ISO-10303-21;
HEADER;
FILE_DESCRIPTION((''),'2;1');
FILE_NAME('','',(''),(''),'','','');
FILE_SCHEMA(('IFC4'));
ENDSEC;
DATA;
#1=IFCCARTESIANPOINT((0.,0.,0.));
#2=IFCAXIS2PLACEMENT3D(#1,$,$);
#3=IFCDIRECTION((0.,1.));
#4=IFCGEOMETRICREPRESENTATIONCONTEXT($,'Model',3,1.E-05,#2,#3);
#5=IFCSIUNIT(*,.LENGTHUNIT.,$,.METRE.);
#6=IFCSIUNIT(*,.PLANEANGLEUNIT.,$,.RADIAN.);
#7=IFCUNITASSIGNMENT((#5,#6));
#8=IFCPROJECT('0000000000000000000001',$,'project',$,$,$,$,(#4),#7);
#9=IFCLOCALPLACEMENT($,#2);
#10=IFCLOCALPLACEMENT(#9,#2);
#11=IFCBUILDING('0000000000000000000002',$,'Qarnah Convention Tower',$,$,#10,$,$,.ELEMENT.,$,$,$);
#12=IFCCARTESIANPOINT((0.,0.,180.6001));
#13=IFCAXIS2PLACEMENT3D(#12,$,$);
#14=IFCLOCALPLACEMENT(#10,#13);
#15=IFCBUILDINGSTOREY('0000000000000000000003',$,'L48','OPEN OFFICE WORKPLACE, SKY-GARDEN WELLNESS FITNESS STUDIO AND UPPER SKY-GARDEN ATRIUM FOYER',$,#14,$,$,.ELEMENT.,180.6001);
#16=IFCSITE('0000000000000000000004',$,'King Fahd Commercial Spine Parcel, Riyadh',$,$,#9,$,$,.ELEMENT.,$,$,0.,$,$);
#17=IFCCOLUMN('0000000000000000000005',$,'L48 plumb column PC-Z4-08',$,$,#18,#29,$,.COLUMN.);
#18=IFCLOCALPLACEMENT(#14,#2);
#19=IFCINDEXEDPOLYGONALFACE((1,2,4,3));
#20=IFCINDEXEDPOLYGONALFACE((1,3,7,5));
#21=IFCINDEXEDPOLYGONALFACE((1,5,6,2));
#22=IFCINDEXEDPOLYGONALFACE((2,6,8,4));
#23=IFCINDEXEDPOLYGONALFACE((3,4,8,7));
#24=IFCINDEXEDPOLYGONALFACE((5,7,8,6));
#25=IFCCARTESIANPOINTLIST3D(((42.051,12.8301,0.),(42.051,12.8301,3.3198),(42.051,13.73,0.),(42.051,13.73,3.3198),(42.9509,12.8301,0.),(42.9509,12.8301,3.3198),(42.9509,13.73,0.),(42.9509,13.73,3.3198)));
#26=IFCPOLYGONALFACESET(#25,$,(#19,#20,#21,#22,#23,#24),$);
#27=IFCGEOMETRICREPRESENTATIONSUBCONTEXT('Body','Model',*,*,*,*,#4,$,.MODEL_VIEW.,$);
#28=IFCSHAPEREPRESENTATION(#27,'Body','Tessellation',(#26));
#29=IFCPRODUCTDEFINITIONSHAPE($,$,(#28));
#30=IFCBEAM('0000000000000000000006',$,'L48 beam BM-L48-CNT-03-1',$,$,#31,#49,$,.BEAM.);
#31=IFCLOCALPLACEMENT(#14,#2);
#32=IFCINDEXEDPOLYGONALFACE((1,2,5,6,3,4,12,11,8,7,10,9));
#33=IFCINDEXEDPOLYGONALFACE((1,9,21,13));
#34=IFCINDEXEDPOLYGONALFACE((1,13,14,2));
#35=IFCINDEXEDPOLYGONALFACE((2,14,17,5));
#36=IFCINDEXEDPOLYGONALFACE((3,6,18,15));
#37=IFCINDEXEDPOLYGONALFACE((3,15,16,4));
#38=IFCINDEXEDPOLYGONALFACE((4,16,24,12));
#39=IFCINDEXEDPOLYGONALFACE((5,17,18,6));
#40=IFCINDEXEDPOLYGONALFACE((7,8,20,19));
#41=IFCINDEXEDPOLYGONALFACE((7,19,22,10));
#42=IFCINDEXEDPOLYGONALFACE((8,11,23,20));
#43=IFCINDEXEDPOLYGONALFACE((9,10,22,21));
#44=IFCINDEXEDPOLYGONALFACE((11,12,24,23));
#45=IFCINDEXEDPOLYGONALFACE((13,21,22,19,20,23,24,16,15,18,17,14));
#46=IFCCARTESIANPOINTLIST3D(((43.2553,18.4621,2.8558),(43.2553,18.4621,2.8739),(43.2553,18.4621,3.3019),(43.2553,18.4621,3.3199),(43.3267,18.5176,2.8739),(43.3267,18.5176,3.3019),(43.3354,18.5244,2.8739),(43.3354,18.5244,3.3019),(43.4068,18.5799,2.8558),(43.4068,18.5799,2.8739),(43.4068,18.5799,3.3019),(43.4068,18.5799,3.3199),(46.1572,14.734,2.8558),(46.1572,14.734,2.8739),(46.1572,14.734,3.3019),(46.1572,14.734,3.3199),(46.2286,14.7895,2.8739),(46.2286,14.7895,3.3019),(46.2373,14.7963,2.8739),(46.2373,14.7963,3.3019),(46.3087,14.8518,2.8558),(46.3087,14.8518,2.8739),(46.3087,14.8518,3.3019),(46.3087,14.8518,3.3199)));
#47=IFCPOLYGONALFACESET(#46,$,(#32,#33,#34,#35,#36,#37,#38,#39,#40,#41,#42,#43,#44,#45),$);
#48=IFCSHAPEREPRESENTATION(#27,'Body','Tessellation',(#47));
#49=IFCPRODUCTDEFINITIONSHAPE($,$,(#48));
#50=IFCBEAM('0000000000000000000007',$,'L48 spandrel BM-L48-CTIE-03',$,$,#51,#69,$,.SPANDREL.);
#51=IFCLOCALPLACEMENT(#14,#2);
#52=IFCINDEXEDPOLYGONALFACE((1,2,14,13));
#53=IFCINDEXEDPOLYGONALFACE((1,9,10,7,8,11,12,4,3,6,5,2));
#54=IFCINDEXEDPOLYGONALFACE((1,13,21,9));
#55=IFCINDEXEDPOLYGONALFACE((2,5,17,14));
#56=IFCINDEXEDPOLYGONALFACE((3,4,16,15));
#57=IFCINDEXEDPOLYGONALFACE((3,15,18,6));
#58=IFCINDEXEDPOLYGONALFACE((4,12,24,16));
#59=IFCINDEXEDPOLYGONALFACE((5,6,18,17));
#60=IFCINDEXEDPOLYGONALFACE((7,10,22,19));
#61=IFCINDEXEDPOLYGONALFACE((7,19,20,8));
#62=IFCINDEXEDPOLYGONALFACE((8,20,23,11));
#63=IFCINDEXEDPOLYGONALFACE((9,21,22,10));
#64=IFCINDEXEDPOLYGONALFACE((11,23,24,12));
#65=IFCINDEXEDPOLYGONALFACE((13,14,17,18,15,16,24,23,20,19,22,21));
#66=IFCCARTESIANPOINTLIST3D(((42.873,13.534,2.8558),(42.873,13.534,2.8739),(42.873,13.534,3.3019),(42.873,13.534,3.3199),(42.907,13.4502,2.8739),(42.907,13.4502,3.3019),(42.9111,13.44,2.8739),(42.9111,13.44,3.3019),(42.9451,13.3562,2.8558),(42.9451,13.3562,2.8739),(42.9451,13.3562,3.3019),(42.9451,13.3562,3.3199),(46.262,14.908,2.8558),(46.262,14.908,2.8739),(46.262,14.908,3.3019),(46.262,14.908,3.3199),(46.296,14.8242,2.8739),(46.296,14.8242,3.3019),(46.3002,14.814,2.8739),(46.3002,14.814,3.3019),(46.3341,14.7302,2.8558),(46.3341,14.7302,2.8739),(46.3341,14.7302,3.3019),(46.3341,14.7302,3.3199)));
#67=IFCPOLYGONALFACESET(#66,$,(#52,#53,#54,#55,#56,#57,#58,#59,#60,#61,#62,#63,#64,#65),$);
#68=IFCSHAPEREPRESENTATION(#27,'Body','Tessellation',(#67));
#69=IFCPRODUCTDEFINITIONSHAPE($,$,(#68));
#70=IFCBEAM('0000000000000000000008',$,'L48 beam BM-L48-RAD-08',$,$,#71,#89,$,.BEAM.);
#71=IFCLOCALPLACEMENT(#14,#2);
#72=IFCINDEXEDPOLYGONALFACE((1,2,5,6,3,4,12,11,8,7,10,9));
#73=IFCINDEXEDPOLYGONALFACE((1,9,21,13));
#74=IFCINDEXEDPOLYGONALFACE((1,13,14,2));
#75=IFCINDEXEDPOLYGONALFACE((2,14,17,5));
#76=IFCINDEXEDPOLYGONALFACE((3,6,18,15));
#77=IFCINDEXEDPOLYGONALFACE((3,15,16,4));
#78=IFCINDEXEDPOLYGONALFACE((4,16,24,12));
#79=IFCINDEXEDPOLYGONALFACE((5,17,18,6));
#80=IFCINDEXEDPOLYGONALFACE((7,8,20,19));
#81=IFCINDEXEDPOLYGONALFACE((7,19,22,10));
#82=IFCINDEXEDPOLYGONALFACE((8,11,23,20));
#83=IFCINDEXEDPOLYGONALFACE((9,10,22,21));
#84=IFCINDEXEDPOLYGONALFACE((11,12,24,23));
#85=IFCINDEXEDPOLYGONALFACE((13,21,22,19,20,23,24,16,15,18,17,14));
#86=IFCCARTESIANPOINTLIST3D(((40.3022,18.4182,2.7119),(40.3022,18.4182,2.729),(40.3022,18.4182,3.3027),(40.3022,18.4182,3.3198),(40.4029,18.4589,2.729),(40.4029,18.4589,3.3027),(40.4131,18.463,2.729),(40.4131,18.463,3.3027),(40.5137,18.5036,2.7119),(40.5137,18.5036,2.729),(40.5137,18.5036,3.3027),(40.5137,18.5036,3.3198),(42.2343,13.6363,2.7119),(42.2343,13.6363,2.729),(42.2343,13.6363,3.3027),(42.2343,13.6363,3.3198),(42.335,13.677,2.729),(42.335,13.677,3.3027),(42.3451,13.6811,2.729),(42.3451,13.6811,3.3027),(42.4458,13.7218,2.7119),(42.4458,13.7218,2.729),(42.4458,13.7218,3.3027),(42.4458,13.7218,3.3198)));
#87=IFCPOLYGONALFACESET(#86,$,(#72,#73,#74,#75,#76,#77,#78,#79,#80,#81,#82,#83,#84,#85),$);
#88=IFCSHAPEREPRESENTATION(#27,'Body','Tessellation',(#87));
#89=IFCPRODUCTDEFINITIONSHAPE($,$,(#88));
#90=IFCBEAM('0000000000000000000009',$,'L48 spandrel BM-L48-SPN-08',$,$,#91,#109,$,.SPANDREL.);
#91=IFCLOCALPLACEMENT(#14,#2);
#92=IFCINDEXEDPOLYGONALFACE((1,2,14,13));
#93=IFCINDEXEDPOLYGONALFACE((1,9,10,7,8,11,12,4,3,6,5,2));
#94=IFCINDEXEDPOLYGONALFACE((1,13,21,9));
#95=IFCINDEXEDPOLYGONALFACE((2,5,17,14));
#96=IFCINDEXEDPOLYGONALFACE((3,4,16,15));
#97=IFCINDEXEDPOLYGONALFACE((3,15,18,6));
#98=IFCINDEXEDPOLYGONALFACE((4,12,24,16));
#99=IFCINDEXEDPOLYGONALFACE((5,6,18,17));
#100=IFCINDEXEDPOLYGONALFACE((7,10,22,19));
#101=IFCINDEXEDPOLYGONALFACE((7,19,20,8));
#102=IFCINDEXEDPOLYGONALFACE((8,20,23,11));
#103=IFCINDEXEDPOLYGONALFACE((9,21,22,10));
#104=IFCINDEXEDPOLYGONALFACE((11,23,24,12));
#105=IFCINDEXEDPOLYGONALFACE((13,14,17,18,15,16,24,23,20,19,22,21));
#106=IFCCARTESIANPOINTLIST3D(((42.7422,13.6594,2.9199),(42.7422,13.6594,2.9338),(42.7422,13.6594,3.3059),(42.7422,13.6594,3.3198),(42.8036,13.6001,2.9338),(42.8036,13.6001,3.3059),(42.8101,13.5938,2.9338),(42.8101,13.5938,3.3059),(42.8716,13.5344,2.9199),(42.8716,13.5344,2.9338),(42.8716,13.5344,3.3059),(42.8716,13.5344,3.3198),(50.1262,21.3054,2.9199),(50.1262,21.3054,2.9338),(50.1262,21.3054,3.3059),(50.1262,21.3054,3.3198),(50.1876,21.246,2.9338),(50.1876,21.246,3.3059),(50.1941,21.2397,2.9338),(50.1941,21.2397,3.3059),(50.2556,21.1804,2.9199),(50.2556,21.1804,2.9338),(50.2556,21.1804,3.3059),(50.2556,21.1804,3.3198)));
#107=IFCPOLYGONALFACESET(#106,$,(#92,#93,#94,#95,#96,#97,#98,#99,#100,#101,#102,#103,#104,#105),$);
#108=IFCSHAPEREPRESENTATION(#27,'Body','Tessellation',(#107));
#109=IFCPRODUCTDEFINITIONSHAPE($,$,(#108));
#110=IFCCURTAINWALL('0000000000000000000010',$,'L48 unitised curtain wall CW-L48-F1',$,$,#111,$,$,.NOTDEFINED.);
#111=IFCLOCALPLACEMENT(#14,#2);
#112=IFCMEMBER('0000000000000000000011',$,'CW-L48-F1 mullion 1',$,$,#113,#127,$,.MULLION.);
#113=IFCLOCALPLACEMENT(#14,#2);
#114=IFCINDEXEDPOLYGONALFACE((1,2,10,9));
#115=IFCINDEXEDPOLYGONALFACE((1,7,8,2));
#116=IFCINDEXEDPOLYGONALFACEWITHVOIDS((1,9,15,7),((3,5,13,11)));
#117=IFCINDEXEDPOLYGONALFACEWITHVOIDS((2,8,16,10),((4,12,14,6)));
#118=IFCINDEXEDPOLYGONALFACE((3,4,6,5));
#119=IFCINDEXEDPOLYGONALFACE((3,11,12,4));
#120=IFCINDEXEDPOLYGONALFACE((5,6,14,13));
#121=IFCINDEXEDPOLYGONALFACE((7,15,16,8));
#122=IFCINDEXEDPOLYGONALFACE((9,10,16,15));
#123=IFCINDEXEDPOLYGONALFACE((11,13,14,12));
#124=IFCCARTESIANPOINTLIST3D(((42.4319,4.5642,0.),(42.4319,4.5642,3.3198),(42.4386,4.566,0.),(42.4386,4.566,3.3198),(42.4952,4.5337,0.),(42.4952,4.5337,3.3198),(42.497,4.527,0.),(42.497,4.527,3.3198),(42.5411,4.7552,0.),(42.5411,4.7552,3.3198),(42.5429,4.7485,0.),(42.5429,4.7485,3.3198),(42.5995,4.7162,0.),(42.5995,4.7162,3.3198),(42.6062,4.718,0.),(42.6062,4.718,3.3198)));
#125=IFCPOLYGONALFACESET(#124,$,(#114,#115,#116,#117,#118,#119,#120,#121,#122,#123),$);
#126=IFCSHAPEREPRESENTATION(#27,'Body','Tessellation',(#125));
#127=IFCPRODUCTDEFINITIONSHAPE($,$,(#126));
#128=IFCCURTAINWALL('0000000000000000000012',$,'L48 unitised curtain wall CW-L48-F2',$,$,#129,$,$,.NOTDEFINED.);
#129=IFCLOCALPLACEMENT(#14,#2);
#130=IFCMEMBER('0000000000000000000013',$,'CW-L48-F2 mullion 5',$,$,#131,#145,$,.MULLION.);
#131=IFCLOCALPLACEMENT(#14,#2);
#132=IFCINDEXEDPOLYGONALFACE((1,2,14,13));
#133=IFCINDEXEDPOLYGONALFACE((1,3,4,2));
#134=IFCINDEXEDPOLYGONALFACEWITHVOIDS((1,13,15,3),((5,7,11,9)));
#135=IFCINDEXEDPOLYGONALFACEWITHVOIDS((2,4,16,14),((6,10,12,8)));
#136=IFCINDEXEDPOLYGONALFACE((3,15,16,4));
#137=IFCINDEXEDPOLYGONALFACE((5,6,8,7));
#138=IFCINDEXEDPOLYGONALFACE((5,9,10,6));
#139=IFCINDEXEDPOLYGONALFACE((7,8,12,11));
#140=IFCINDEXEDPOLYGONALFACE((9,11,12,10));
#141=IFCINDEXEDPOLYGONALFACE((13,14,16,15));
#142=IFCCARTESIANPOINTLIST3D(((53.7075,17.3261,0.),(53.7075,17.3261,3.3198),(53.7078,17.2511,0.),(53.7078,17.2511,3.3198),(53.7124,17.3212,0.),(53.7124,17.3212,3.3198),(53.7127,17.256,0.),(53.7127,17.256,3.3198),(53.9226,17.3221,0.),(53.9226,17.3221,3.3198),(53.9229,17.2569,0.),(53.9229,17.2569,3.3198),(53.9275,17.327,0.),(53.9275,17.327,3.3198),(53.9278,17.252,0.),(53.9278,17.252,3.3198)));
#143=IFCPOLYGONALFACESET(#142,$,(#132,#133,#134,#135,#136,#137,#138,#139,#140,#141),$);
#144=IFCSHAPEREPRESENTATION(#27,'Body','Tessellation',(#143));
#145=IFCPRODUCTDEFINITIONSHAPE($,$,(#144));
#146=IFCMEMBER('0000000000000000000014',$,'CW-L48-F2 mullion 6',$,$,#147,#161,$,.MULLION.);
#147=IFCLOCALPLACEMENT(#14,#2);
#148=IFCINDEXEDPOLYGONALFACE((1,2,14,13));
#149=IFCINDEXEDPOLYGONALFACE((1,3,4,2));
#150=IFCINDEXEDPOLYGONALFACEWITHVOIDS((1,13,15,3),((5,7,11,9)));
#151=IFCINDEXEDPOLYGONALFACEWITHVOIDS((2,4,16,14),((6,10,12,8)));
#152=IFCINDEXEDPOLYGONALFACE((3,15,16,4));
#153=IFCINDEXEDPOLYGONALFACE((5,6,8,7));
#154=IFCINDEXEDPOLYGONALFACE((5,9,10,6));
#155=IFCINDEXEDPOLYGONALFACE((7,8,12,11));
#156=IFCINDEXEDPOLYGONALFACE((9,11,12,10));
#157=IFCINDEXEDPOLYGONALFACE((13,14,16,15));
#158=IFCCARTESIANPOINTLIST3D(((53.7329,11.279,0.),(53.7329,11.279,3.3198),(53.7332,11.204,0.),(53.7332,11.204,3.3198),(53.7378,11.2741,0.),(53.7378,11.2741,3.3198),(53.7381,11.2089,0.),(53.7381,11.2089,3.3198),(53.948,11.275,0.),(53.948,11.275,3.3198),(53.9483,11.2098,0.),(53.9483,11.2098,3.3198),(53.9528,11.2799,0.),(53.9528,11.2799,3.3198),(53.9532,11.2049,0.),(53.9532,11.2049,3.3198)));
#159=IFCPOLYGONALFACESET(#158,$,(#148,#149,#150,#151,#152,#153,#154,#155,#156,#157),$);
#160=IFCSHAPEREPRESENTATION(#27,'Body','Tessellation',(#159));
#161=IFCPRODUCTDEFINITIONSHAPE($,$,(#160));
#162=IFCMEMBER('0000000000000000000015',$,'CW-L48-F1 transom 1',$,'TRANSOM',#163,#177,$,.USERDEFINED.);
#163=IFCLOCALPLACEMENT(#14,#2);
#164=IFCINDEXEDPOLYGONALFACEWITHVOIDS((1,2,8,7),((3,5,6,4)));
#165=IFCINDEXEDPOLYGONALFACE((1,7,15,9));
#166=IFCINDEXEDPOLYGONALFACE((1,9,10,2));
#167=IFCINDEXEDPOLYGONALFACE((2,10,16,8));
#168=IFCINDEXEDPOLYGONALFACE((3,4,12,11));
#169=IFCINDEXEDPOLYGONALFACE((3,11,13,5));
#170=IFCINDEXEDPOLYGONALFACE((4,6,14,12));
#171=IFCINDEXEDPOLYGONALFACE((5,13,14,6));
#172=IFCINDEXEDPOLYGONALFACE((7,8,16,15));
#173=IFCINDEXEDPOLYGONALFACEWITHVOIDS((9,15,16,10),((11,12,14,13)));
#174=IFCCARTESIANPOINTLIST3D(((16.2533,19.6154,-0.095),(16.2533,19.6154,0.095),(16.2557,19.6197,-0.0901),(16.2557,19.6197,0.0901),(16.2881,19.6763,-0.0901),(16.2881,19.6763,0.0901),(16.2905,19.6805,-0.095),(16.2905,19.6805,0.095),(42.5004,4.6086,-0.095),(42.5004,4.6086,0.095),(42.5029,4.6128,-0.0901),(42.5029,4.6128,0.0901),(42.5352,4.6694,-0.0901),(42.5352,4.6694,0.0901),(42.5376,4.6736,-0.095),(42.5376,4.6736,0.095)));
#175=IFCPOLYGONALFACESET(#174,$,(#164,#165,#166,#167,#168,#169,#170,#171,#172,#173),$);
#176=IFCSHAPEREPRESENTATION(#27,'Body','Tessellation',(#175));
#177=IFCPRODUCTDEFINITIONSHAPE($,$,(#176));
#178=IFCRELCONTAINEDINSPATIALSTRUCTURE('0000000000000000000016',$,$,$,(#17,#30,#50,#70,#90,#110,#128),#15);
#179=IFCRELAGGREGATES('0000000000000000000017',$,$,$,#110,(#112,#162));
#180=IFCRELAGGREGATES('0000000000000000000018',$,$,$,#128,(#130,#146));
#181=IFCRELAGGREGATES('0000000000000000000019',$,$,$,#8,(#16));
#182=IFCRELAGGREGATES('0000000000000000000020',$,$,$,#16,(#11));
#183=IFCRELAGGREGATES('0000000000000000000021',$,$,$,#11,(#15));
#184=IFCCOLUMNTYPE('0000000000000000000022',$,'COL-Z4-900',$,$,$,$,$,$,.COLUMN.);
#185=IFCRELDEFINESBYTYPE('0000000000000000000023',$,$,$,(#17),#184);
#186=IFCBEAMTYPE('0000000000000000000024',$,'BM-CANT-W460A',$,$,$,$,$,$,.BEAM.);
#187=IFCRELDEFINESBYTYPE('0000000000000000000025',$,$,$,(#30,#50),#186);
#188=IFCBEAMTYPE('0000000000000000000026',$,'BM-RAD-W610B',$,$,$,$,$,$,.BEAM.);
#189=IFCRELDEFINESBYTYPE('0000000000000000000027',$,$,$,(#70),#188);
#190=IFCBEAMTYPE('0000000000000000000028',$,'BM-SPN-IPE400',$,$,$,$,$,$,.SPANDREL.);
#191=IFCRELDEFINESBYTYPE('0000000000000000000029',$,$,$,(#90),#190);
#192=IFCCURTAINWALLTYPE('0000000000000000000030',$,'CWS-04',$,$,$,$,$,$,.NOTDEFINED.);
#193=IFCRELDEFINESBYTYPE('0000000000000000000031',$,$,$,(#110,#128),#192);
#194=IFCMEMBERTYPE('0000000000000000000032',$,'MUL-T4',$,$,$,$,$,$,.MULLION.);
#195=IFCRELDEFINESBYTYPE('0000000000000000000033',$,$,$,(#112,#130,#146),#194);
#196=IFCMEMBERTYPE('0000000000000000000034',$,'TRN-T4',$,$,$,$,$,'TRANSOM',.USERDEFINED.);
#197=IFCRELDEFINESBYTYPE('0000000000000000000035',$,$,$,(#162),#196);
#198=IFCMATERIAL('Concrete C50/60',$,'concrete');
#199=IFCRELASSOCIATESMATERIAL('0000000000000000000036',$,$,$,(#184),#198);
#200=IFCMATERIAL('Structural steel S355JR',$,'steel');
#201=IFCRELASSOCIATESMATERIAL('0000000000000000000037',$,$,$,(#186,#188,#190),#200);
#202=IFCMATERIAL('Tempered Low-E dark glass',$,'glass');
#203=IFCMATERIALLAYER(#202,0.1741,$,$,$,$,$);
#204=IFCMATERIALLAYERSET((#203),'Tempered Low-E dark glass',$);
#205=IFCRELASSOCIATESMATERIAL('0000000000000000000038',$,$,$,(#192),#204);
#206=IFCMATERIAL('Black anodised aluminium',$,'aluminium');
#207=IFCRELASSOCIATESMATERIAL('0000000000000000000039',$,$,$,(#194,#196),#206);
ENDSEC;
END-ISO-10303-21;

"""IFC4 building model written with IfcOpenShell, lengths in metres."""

from ifc_helpers import new_model, si_unit, direction, frame, origin, origin_2d, place, context, subcontext, project, spatial, rectangle, hollow_rectangle, i_section, extrude, material, layer, layer_set, material_profile, profile_set, type_object, element, aggregate, save


model = new_model("IFC4")

# Units and contexts
model_context = context("Model", 3, precision=1e-05, world=origin(), true_north=direction((0.0, 1.0)))
body_context = subcontext(model_context, "Body", "Model", "MODEL_VIEW")
ifc_project = project(units=[si_unit("LENGTHUNIT", "METRE"), si_unit("PLANEANGLEUNIT", "RADIAN")], contexts=[model_context])

# Site, building, storey
site_placement = place(None, origin())
site = spatial("IfcSite", under=ifc_project, at=site_placement, Name="King Fahd Commercial Spine Parcel, Riyadh", CompositionType="ELEMENT", RefElevation=0.0)
building_placement = place(site_placement, origin())
building = spatial("IfcBuilding", under=site, at=building_placement, Name="Qarnah Convention Tower", CompositionType="ELEMENT")
storey_placement = place(building_placement, frame((0.0, 0.0, 180.6001)))
storey = spatial("IfcBuildingStorey", under=building, at=storey_placement, Name="L48", Description="OPEN OFFICE WORKPLACE, SKY-GARDEN WELLNESS FITNESS STUDIO AND UPPER SKY-GARDEN ATRIUM FOYER", CompositionType="ELEMENT", Elevation=180.6001)

# Column
ifc_material_1 = material(Name="Concrete C50/60", Category="concrete")
ifc_material_profile_1 = material_profile(ifc_material_1, rectangle(XDim=0.8999, YDim=0.8999, at=origin_2d()), Name="RC-COL-900X900")
ifc_profile_set_1 = profile_set([ifc_material_profile_1], Name="Concrete C50/60")
column_type = type_object("IfcColumnType", Name="COL-Z4-900", PredefinedType="COLUMN", material=ifc_profile_set_1)
column_placement = place(storey_placement, frame((42.501, 13.28, 0.0), z_axis=(0.0, 0.0, 1.0), x_axis=(1.0, 0.0, 0.0)))
element("IfcColumn", 1, at=column_placement, inside=storey, type_object=column_type, Name="L48 plumb column PC-Z4-08", PredefinedType="COLUMN", context=body_context, shape_type="SweptSolid", body=[
    extrude(rectangle(XDim=0.8999, YDim=0.8999, at=origin_2d()), origin(), (0.0, 0.0, 1.0), 3.3198),
])

# Beams
ifc_material_2 = material(Name="Structural steel S355JR", Category="steel")
ifc_material_profile_2 = material_profile(ifc_material_2, i_section(OverallWidth=0.1919, OverallDepth=0.4641, WebThickness=0.011, FlangeThickness=0.0181, at=origin_2d()), Name="W460X89")
ifc_profile_set_2 = profile_set([ifc_material_profile_2], Name="Structural steel S355JR")
beam_type_1 = type_object("IfcBeamType", Name="BM-CANT-W460A", PredefinedType="BEAM", material=ifc_profile_set_2)
beam_1_placement = place(storey_placement, frame((43.3311, 18.521, 3.0879), z_axis=(0.614241, -0.789118, 0.0), x_axis=(0.789118, 0.614241, 0.0)))
element("IfcBeam", 2, at=beam_1_placement, inside=storey, type_object=beam_type_1, Name="L48 beam BM-L48-CNT-03-1", PredefinedType="BEAM", context=body_context, shape_type="SweptSolid", body=[
    extrude(i_section(OverallWidth=0.1919, OverallDepth=0.4641, WebThickness=0.011, FlangeThickness=0.0181, at=origin_2d()), origin(), (0.0, 0.0, 1.0), 4.7244),
])
beam_2_placement = place(storey_placement, frame((46.2981, 14.8191, 3.0879), z_axis=(-0.926735, -0.375714, 0.0), x_axis=(0.375714, -0.926735, 0.0)))
element("IfcBeam", 3, at=beam_2_placement, inside=storey, type_object=beam_type_1, Name="L48 spandrel BM-L48-CTIE-03", PredefinedType="SPANDREL", context=body_context, shape_type="SweptSolid", body=[
    extrude(i_section(OverallWidth=0.1919, OverallDepth=0.4641, WebThickness=0.011, FlangeThickness=0.0181, at=origin_2d()), origin(), (0.0, 0.0, 1.0), 3.657),
])
ifc_material_profile_3 = material_profile(ifc_material_2, i_section(OverallWidth=0.228, OverallDepth=0.6079, WebThickness=0.011, FlangeThickness=0.0171, at=origin_2d()), Name="W610X113")
ifc_profile_set_3 = profile_set([ifc_material_profile_3], Name="Structural steel S355JR")
beam_type_2 = type_object("IfcBeamType", Name="BM-RAD-W610B", PredefinedType="BEAM", material=ifc_profile_set_3)
beam_3_placement = place(storey_placement, frame((40.408, 18.4609, 3.0159), z_axis=(0.37462, -0.927178, 0.0), x_axis=(0.927178, 0.37462, 0.0)))
element("IfcBeam", 4, at=beam_3_placement, inside=storey, type_object=beam_type_2, Name="L48 beam BM-L48-RAD-08", PredefinedType="BEAM", context=body_context, shape_type="SweptSolid", body=[
    extrude(i_section(OverallWidth=0.228, OverallDepth=0.6079, WebThickness=0.011, FlangeThickness=0.0171, at=origin_2d()), origin(), (0.0, 0.0, 1.0), 5.1575),
])
ifc_material_profile_4 = material_profile(ifc_material_2, i_section(OverallWidth=0.1799, OverallDepth=0.3999, WebThickness=0.009, FlangeThickness=0.0139, at=origin_2d()), Name="IPE400")
ifc_profile_set_4 = profile_set([ifc_material_profile_4], Name="Structural steel S355JR")
beam_type_3 = type_object("IfcBeamType", Name="BM-SPN-IPE400", PredefinedType="SPANDREL", material=ifc_profile_set_4)
beam_4_placement = place(storey_placement, frame((42.8069, 13.5969, 3.1199), z_axis=(0.694677, 0.719322, 0.0), x_axis=(-0.719322, 0.694677, 0.0)))
element("IfcBeam", 5, at=beam_4_placement, inside=storey, type_object=beam_type_3, Name="L48 spandrel BM-L48-SPN-08", PredefinedType="SPANDREL", context=body_context, shape_type="SweptSolid", body=[
    extrude(i_section(OverallWidth=0.1799, OverallDepth=0.3999, WebThickness=0.009, FlangeThickness=0.0139, at=origin_2d()), origin(), (0.0, 0.0, 1.0), 10.6294),
])

# Curtain wall, member
ifc_material_3 = material(Name="Tempered Low-E dark glass", Category="glass")
ifc_layer_1 = layer(ifc_material_3, 0.1741)
ifc_layer_set_1 = layer_set([ifc_layer_1], Name="Tempered Low-E dark glass")
curtain_wall_type = type_object("IfcCurtainWallType", Name="CWS-04", PredefinedType="NOTDEFINED", material=ifc_layer_set_1)
curtain_wall_1_placement = place(storey_placement, origin())
curtain_wall_1 = element("IfcCurtainWall", 6, at=curtain_wall_1_placement, inside=storey, type_object=curtain_wall_type, Name="L48 unitised curtain wall CW-L48-F1", PredefinedType="NOTDEFINED")
ifc_material_4 = material(Name="Black anodised aluminium", Category="aluminium")
ifc_material_profile_5 = material_profile(ifc_material_4, hollow_rectangle(XDim=0.075, YDim=0.22, WallThickness=0.0049, at=origin_2d()), Name="MUL-75X220")
ifc_profile_set_5 = profile_set([ifc_material_profile_5], Name="Black anodised aluminium")
member_type_1 = type_object("IfcMemberType", Name="MUL-T4", PredefinedType="MULLION", material=ifc_profile_set_5)
member_1_placement = place(storey_placement, frame((42.519, 4.6411, 0.0), z_axis=(0.0, 0.0, 1.0), x_axis=(-0.868119, 0.496356, 0.0)))
member_1 = element("IfcMember", 7, at=member_1_placement, type_object=member_type_1, Name="CW-L48-F1 mullion 1", PredefinedType="MULLION", context=body_context, shape_type="SweptSolid", body=[
    extrude(hollow_rectangle(XDim=0.075, YDim=0.22, WallThickness=0.0049, at=origin_2d()), origin(), (0.0, 0.0, 1.0), 3.3198),
])

# Curtain wall, members
curtain_wall_2_placement = place(storey_placement, origin())
curtain_wall_2 = element("IfcCurtainWall", 8, at=curtain_wall_2_placement, inside=storey, type_object=curtain_wall_type, Name="L48 unitised curtain wall CW-L48-F2", PredefinedType="NOTDEFINED")
member_2_placement = place(storey_placement, frame((53.8176, 17.2891, 0.0), z_axis=(0.0, 0.0, 1.0), x_axis=(0.0042, -0.999991, 0.0)))
member_2 = element("IfcMember", 9, at=member_2_placement, type_object=member_type_1, Name="CW-L48-F2 mullion 5", PredefinedType="MULLION", context=body_context, shape_type="SweptSolid", body=[
    extrude(hollow_rectangle(XDim=0.075, YDim=0.22, WallThickness=0.0049, at=origin_2d()), origin(), (0.0, 0.0, 1.0), 3.3198),
])
member_3_placement = place(storey_placement, frame((53.843, 11.2419, 0.0), z_axis=(0.0, 0.0, 1.0), x_axis=(0.0042, -0.999991, 0.0)))
member_3 = element("IfcMember", 10, at=member_3_placement, type_object=member_type_1, Name="CW-L48-F2 mullion 6", PredefinedType="MULLION", context=body_context, shape_type="SweptSolid", body=[
    extrude(hollow_rectangle(XDim=0.075, YDim=0.22, WallThickness=0.0049, at=origin_2d()), origin(), (0.0, 0.0, 1.0), 3.3198),
])

# Member
ifc_material_profile_6 = material_profile(ifc_material_4, hollow_rectangle(XDim=0.075, YDim=0.1899, WallThickness=0.0049, at=origin_2d()), Name="TRN-75X190")
ifc_profile_set_6 = profile_set([ifc_material_profile_6], Name="Black anodised aluminium")
member_type_2 = type_object("IfcMemberType", Name="TRN-T4", ElementType="TRANSOM", PredefinedType="USERDEFINED", material=ifc_profile_set_6)
member_4_placement = place(storey_placement, frame((42.519, 4.6411, 0.0), z_axis=(-0.868122, 0.496351, 0.0), x_axis=(-0.496351, -0.868122, 0.0)))
member_4 = element("IfcMember", 11, at=member_4_placement, type_object=member_type_2, Name="CW-L48-F1 transom 1", ObjectType="TRANSOM", PredefinedType="USERDEFINED", context=body_context, shape_type="SweptSolid", body=[
    extrude(hollow_rectangle(XDim=0.075, YDim=0.1899, WallThickness=0.0049, at=origin_2d()), origin(), (0.0, 0.0, 1.0), 30.2344),
])

aggregate(curtain_wall_1, [member_1, member_4])
aggregate(curtain_wall_2, [member_2, member_3])

save(model, "model.ifc")
